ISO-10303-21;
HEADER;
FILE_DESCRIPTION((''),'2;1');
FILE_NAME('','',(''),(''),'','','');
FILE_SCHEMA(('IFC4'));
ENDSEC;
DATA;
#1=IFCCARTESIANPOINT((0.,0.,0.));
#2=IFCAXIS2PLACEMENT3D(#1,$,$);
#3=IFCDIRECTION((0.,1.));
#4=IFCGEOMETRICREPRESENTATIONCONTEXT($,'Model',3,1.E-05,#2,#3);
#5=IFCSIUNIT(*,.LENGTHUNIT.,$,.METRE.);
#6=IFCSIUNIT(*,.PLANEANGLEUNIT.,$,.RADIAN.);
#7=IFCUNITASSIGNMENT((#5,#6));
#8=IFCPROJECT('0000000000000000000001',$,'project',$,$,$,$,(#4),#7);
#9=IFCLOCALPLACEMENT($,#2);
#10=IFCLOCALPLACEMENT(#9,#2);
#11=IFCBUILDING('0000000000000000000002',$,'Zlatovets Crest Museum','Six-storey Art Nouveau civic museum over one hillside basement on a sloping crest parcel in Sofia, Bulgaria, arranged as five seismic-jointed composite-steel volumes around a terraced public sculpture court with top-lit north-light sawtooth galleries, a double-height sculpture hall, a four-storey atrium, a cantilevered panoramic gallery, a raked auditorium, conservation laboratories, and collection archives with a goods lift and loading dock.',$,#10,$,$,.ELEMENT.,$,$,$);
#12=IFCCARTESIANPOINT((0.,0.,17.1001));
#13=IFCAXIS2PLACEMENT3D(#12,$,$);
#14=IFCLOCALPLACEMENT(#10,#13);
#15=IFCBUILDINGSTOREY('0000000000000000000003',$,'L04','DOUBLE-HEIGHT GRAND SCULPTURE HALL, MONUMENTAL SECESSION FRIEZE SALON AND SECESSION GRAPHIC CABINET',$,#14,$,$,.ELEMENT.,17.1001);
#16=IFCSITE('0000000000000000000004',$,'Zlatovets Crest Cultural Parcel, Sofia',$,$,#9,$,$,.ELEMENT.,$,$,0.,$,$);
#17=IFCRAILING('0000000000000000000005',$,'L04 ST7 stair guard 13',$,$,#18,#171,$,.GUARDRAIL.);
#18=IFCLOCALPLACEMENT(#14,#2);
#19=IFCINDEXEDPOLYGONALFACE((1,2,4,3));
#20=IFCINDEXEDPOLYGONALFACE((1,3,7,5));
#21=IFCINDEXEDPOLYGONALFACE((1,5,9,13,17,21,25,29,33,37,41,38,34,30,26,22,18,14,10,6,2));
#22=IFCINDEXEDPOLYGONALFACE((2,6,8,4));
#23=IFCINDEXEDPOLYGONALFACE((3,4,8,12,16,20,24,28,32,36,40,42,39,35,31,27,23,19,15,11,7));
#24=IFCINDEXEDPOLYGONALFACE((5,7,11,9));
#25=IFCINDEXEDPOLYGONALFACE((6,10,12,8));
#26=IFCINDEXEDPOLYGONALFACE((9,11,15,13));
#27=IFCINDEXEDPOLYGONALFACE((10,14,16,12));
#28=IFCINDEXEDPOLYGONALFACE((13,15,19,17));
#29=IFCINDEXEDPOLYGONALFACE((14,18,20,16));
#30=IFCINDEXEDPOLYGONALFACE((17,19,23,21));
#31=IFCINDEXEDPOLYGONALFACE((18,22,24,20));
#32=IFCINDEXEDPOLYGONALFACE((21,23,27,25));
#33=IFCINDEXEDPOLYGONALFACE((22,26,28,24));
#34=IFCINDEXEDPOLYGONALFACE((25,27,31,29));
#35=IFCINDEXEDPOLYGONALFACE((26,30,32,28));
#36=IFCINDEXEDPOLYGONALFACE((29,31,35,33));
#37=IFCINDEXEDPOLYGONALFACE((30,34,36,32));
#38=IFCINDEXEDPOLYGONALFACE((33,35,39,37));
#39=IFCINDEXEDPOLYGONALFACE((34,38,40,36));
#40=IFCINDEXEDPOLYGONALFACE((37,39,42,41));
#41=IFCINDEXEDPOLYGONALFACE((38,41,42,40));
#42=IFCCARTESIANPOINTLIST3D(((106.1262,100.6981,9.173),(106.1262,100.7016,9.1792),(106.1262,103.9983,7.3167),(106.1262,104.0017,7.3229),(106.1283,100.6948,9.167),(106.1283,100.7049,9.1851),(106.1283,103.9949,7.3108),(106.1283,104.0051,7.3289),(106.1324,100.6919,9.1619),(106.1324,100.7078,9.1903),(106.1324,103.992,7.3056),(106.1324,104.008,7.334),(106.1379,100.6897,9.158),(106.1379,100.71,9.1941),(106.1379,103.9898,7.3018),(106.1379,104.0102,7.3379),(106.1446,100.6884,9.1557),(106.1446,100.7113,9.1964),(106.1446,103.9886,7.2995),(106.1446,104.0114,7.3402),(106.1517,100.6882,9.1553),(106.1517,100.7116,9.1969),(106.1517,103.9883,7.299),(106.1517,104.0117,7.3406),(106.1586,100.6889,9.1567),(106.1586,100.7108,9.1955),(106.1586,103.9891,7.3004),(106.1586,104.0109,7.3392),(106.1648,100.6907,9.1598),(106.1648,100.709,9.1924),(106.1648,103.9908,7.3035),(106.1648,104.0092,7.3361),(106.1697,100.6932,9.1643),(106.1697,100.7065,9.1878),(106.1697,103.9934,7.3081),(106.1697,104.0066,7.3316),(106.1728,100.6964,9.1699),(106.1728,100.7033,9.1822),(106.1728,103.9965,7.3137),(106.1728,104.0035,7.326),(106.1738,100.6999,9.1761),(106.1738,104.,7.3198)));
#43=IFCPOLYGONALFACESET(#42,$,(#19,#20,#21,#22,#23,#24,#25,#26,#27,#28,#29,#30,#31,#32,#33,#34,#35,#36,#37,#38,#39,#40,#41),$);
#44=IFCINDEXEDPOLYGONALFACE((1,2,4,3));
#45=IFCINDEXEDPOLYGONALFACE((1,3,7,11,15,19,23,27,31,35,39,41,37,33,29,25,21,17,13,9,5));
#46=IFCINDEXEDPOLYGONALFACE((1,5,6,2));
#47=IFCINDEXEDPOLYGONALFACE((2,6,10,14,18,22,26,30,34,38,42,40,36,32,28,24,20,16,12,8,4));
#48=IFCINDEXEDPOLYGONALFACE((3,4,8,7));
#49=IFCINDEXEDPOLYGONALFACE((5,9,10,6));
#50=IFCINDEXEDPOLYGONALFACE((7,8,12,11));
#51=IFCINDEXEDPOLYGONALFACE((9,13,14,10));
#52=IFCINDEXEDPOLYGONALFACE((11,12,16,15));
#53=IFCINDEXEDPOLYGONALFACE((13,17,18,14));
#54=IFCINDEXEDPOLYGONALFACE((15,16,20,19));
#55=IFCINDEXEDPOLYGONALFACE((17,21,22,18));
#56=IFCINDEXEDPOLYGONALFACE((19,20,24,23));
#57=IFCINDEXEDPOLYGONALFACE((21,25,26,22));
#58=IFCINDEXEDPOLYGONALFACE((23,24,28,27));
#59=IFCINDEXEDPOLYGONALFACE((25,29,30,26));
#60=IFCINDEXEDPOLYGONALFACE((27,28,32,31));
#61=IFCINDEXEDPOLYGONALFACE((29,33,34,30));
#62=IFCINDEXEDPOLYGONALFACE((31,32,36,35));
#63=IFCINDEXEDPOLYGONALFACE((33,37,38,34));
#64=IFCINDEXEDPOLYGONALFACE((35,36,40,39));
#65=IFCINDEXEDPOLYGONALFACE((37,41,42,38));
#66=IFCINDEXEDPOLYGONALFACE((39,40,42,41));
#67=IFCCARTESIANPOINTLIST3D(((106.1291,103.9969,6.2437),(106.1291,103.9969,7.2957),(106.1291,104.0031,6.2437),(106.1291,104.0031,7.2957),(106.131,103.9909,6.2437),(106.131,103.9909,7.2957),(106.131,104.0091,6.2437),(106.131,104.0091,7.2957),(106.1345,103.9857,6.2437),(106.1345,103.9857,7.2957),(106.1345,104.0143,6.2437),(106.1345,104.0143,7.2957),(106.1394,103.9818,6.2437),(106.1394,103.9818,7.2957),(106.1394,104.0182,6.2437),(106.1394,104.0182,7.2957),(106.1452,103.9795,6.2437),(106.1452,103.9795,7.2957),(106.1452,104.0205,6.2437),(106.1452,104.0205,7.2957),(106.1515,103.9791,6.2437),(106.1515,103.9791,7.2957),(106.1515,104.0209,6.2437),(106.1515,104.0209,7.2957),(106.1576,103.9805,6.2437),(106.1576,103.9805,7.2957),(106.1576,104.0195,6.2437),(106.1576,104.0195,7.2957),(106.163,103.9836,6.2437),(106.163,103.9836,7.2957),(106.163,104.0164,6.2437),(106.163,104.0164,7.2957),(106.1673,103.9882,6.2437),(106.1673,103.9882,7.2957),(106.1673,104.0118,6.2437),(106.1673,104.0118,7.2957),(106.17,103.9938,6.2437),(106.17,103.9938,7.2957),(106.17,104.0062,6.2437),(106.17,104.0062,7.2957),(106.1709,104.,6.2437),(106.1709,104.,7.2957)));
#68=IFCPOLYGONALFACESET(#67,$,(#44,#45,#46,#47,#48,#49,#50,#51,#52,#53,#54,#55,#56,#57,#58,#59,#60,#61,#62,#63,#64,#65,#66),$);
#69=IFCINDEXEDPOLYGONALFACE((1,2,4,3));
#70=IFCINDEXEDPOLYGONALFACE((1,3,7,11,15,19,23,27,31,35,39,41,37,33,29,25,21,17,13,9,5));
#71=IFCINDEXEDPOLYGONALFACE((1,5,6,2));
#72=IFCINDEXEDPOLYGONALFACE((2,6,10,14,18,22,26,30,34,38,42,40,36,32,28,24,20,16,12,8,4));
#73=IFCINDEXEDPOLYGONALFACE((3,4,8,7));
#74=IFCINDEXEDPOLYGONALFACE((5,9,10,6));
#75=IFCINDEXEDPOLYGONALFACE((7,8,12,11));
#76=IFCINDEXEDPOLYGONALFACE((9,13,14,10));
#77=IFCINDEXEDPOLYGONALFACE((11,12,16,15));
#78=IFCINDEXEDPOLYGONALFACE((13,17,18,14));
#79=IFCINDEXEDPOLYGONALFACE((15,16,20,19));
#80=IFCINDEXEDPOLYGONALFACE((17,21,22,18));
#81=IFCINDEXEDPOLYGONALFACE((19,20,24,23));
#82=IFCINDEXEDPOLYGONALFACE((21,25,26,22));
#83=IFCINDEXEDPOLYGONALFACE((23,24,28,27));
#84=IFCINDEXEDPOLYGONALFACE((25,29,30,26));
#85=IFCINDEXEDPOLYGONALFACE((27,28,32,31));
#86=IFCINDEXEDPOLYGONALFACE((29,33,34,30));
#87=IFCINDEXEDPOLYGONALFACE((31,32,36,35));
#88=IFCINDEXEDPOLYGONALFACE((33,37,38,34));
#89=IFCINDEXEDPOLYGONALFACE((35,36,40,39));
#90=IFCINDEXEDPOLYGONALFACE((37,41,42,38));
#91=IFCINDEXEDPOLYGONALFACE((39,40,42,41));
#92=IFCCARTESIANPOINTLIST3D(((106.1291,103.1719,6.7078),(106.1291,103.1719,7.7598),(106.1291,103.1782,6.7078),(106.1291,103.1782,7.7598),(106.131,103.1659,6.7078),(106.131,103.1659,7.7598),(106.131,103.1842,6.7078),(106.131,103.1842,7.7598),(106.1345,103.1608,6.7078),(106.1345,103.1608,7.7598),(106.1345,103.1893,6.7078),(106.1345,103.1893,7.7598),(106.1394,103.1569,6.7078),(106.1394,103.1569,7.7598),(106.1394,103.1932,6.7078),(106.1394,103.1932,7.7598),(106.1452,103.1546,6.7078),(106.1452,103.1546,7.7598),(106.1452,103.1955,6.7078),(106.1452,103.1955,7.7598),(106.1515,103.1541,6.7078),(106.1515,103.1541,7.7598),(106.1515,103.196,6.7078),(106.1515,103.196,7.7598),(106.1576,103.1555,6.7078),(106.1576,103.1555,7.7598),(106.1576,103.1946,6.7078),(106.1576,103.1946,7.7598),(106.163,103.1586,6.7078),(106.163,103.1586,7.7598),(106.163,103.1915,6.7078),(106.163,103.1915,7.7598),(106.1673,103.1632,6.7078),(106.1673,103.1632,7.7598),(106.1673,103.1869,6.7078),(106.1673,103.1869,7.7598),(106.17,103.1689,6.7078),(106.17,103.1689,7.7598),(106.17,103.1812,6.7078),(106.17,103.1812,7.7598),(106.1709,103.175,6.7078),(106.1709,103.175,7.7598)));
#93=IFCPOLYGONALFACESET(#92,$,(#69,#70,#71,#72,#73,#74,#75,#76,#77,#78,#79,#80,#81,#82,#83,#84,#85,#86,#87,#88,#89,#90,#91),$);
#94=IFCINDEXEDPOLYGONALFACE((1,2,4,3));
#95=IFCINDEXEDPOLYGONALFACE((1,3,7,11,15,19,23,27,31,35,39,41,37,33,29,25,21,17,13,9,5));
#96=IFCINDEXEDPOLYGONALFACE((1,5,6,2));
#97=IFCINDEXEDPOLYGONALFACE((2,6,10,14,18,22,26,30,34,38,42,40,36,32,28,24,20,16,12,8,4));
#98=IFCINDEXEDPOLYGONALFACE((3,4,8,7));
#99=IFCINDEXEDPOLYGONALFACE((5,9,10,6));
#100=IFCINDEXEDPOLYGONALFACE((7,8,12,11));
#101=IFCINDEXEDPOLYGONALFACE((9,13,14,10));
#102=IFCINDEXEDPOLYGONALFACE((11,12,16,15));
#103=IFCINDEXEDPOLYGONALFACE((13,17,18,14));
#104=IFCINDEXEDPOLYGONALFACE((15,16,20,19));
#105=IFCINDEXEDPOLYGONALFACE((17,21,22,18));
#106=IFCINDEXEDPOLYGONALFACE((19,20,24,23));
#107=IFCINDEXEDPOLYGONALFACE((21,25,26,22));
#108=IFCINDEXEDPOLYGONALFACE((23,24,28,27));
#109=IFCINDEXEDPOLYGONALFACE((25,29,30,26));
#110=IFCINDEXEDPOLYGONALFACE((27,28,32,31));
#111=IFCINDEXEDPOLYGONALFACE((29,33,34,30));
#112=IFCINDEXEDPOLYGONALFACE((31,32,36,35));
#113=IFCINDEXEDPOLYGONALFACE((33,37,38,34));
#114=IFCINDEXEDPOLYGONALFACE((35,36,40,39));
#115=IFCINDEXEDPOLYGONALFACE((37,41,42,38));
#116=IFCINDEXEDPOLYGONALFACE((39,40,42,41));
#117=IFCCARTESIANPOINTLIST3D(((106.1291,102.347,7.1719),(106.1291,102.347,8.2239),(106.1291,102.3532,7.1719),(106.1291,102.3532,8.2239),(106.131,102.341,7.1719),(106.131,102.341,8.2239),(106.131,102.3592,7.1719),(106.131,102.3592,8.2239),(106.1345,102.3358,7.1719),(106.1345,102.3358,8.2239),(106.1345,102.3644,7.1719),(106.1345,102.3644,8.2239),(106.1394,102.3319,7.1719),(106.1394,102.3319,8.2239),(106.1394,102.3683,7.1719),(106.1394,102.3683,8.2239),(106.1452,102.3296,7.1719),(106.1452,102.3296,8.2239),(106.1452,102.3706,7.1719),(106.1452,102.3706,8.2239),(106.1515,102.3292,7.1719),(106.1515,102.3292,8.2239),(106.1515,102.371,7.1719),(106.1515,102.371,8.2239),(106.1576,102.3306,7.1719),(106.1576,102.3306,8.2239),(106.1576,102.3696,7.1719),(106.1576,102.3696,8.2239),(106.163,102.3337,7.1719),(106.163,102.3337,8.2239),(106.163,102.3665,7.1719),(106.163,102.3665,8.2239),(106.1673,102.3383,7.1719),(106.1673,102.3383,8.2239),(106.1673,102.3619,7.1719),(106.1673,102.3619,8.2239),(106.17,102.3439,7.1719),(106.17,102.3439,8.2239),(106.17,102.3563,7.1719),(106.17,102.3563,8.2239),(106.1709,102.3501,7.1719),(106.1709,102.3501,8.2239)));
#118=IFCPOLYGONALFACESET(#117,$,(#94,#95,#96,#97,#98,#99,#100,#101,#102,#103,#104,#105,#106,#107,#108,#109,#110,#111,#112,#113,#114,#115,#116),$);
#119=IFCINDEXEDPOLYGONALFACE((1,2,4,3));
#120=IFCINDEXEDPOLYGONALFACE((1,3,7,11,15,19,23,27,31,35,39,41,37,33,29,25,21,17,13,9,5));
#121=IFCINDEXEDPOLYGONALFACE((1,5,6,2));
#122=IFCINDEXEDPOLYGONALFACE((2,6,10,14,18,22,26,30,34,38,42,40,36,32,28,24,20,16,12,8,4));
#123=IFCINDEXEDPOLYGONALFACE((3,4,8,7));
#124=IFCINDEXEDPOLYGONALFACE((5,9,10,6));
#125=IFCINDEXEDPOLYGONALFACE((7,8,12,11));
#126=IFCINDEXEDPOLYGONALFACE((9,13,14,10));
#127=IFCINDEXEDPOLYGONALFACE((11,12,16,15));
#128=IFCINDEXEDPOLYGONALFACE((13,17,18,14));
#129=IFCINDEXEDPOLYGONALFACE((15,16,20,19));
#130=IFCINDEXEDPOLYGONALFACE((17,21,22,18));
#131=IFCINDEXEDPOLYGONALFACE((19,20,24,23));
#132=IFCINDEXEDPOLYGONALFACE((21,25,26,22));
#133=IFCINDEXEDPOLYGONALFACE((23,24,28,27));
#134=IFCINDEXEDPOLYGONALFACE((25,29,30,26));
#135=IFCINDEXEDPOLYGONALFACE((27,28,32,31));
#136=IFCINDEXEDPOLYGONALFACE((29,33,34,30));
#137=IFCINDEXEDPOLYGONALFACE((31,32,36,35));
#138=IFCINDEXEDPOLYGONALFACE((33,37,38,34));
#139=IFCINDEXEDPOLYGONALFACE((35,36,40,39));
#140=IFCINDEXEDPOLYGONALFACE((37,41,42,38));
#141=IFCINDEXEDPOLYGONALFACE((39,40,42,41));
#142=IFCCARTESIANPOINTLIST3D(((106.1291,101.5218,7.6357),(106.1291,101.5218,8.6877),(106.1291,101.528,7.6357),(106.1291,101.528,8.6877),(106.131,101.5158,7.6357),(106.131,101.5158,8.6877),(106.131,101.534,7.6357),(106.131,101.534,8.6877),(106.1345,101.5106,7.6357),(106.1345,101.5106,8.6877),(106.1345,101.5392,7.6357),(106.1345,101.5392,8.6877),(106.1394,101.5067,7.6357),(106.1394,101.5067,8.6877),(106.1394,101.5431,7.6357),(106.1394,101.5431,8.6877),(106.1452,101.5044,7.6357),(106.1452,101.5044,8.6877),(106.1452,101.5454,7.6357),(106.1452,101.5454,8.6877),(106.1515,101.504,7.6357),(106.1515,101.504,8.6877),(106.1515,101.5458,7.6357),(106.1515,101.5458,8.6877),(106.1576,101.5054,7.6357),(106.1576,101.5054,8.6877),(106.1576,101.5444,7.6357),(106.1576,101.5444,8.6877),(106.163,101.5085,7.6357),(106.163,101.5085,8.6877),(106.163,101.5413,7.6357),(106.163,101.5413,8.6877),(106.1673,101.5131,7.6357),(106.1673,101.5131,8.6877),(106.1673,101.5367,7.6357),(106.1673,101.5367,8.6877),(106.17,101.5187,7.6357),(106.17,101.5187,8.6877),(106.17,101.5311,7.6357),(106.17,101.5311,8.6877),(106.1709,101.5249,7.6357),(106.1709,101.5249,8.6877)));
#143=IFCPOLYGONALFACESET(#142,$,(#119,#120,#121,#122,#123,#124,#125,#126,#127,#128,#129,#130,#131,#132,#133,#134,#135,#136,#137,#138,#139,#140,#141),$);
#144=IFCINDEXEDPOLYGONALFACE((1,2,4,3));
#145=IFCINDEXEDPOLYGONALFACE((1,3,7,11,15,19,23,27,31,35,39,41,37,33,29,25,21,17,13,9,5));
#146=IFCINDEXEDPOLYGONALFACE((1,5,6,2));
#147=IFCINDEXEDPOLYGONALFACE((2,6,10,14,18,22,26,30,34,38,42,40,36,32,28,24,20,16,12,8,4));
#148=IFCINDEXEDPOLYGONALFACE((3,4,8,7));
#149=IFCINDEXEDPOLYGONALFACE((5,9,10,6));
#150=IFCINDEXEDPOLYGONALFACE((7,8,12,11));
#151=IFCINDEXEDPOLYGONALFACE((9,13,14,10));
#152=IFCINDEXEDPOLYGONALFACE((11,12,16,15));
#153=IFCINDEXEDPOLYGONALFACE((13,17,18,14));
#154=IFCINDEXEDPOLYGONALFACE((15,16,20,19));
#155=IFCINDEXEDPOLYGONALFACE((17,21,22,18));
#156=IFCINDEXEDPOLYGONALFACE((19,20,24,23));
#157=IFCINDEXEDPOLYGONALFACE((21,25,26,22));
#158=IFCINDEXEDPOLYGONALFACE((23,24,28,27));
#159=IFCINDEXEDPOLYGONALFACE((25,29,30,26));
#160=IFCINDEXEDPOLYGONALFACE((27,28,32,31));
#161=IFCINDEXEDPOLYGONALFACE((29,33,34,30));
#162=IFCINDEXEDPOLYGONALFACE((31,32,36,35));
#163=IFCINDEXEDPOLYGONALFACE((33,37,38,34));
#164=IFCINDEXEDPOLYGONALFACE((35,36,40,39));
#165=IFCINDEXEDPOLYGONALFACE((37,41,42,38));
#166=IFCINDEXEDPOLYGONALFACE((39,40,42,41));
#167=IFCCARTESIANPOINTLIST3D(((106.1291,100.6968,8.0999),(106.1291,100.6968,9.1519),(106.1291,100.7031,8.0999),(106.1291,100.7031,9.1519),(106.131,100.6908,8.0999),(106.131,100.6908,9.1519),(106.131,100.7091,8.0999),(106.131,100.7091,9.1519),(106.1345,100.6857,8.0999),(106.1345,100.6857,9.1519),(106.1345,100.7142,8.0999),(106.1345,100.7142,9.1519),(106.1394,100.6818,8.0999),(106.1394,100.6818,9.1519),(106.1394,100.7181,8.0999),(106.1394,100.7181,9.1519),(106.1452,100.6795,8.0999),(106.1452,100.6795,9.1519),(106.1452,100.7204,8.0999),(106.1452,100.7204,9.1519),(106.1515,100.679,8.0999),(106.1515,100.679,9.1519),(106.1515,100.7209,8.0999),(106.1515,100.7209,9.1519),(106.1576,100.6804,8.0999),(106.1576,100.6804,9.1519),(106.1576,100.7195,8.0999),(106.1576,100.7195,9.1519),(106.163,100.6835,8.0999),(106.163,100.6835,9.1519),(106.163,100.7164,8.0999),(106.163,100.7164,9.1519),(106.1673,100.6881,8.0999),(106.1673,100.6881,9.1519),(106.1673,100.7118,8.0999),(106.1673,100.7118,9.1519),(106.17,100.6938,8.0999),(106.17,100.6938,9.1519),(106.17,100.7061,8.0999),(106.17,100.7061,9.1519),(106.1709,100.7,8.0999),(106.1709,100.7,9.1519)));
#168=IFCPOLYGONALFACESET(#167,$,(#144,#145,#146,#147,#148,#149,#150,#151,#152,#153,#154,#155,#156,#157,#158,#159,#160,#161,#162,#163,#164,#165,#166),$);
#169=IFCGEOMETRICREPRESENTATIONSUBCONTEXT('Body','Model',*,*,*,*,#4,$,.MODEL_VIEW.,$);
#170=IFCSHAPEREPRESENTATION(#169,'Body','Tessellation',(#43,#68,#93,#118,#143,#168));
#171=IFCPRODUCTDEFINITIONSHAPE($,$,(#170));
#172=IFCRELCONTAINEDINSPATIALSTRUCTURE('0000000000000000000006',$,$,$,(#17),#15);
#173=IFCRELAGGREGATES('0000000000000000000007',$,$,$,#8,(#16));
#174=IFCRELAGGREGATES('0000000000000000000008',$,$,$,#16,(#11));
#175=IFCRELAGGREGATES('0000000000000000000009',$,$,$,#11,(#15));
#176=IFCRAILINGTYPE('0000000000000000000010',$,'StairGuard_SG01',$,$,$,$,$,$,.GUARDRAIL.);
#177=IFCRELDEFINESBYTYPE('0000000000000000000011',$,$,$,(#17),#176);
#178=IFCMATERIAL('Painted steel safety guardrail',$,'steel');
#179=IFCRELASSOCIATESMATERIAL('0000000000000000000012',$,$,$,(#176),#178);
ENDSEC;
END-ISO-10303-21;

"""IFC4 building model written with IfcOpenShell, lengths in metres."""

from ifc_helpers import new_model, si_unit, direction, frame, origin, origin_2d, place, context, subcontext, project, spatial, circle, extrude, material, type_object, element, save


model = new_model("IFC4")

# Units and contexts
model_context = context("Model", 3, precision=1e-05, world=origin(), true_north=direction((0.0, 1.0)))
body_context = subcontext(model_context, "Body", "Model", "MODEL_VIEW")
ifc_project = project(units=[si_unit("LENGTHUNIT", "METRE"), si_unit("PLANEANGLEUNIT", "RADIAN")], contexts=[model_context])

# Site, building, storey
site_placement = place(None, origin())
site = spatial("IfcSite", under=ifc_project, at=site_placement, Name="Zlatovets Crest Cultural Parcel, Sofia", CompositionType="ELEMENT", RefElevation=0.0)
building_placement = place(site_placement, origin())
building = spatial("IfcBuilding", under=site, at=building_placement, Name="Zlatovets Crest Museum", Description="Six-storey Art Nouveau civic museum over one hillside basement on a sloping crest parcel in Sofia, Bulgaria, arranged as five seismic-jointed composite-steel volumes around a terraced public sculpture court with top-lit north-light sawtooth galleries, a double-height sculpture hall, a four-storey atrium, a cantilevered panoramic gallery, a raked auditorium, conservation laboratories, and collection archives with a goods lift and loading dock.", CompositionType="ELEMENT")
storey_placement = place(building_placement, frame((0.0, 0.0, 17.1001)))
storey = spatial("IfcBuildingStorey", under=building, at=storey_placement, Name="L04", Description="DOUBLE-HEIGHT GRAND SCULPTURE HALL, MONUMENTAL SECESSION FRIEZE SALON AND SECESSION GRAPHIC CABINET", CompositionType="ELEMENT", Elevation=17.1001)

# Railing
ifc_material_1 = material(Name="Painted steel safety guardrail", Category="steel")
railing_type_1 = type_object("IfcRailingType", Name="StairGuard_SG01", PredefinedType="GUARDRAIL", material=ifc_material_1)
railing_1_placement = place(storey_placement, frame((106.1499, 104.0, 6.2437)))
element("IfcRailing", 1, at=railing_1_placement, inside=storey, type_object=railing_type_1, Name="L04 ST7 stair guard 13", PredefinedType="GUARDRAIL", context=body_context, shape_type="SweptSolid", body=[
    extrude(circle(Radius=0.0239, at=origin_2d()), frame((0.0, 0.0, 1.0762), z_axis=(0.0, -0.871584, 0.490246), x_axis=(1.0, 0.0, 0.0)), (0.0, 0.0, 1.0), 3.7864),
    extrude(circle(Radius=0.021, at=origin_2d()), origin(), (0.0, 0.0, 1.0), 1.052),
    extrude(circle(Radius=0.021, at=origin_2d()), frame((0.0, -0.825, 0.4641)), (0.0, 0.0, 1.0), 1.052),
    extrude(circle(Radius=0.021, at=origin_2d()), frame((0.0, -1.6499, 0.9282)), (0.0, 0.0, 1.0), 1.052),
    extrude(circle(Radius=0.021, at=origin_2d()), frame((0.0, -2.4751, 1.3921)), (0.0, 0.0, 1.0), 1.052),
    extrude(circle(Radius=0.021, at=origin_2d()), frame((0.0, -3.3, 1.8562)), (0.0, 0.0, 1.0), 1.052),
])

save(model, "model.ifc")
